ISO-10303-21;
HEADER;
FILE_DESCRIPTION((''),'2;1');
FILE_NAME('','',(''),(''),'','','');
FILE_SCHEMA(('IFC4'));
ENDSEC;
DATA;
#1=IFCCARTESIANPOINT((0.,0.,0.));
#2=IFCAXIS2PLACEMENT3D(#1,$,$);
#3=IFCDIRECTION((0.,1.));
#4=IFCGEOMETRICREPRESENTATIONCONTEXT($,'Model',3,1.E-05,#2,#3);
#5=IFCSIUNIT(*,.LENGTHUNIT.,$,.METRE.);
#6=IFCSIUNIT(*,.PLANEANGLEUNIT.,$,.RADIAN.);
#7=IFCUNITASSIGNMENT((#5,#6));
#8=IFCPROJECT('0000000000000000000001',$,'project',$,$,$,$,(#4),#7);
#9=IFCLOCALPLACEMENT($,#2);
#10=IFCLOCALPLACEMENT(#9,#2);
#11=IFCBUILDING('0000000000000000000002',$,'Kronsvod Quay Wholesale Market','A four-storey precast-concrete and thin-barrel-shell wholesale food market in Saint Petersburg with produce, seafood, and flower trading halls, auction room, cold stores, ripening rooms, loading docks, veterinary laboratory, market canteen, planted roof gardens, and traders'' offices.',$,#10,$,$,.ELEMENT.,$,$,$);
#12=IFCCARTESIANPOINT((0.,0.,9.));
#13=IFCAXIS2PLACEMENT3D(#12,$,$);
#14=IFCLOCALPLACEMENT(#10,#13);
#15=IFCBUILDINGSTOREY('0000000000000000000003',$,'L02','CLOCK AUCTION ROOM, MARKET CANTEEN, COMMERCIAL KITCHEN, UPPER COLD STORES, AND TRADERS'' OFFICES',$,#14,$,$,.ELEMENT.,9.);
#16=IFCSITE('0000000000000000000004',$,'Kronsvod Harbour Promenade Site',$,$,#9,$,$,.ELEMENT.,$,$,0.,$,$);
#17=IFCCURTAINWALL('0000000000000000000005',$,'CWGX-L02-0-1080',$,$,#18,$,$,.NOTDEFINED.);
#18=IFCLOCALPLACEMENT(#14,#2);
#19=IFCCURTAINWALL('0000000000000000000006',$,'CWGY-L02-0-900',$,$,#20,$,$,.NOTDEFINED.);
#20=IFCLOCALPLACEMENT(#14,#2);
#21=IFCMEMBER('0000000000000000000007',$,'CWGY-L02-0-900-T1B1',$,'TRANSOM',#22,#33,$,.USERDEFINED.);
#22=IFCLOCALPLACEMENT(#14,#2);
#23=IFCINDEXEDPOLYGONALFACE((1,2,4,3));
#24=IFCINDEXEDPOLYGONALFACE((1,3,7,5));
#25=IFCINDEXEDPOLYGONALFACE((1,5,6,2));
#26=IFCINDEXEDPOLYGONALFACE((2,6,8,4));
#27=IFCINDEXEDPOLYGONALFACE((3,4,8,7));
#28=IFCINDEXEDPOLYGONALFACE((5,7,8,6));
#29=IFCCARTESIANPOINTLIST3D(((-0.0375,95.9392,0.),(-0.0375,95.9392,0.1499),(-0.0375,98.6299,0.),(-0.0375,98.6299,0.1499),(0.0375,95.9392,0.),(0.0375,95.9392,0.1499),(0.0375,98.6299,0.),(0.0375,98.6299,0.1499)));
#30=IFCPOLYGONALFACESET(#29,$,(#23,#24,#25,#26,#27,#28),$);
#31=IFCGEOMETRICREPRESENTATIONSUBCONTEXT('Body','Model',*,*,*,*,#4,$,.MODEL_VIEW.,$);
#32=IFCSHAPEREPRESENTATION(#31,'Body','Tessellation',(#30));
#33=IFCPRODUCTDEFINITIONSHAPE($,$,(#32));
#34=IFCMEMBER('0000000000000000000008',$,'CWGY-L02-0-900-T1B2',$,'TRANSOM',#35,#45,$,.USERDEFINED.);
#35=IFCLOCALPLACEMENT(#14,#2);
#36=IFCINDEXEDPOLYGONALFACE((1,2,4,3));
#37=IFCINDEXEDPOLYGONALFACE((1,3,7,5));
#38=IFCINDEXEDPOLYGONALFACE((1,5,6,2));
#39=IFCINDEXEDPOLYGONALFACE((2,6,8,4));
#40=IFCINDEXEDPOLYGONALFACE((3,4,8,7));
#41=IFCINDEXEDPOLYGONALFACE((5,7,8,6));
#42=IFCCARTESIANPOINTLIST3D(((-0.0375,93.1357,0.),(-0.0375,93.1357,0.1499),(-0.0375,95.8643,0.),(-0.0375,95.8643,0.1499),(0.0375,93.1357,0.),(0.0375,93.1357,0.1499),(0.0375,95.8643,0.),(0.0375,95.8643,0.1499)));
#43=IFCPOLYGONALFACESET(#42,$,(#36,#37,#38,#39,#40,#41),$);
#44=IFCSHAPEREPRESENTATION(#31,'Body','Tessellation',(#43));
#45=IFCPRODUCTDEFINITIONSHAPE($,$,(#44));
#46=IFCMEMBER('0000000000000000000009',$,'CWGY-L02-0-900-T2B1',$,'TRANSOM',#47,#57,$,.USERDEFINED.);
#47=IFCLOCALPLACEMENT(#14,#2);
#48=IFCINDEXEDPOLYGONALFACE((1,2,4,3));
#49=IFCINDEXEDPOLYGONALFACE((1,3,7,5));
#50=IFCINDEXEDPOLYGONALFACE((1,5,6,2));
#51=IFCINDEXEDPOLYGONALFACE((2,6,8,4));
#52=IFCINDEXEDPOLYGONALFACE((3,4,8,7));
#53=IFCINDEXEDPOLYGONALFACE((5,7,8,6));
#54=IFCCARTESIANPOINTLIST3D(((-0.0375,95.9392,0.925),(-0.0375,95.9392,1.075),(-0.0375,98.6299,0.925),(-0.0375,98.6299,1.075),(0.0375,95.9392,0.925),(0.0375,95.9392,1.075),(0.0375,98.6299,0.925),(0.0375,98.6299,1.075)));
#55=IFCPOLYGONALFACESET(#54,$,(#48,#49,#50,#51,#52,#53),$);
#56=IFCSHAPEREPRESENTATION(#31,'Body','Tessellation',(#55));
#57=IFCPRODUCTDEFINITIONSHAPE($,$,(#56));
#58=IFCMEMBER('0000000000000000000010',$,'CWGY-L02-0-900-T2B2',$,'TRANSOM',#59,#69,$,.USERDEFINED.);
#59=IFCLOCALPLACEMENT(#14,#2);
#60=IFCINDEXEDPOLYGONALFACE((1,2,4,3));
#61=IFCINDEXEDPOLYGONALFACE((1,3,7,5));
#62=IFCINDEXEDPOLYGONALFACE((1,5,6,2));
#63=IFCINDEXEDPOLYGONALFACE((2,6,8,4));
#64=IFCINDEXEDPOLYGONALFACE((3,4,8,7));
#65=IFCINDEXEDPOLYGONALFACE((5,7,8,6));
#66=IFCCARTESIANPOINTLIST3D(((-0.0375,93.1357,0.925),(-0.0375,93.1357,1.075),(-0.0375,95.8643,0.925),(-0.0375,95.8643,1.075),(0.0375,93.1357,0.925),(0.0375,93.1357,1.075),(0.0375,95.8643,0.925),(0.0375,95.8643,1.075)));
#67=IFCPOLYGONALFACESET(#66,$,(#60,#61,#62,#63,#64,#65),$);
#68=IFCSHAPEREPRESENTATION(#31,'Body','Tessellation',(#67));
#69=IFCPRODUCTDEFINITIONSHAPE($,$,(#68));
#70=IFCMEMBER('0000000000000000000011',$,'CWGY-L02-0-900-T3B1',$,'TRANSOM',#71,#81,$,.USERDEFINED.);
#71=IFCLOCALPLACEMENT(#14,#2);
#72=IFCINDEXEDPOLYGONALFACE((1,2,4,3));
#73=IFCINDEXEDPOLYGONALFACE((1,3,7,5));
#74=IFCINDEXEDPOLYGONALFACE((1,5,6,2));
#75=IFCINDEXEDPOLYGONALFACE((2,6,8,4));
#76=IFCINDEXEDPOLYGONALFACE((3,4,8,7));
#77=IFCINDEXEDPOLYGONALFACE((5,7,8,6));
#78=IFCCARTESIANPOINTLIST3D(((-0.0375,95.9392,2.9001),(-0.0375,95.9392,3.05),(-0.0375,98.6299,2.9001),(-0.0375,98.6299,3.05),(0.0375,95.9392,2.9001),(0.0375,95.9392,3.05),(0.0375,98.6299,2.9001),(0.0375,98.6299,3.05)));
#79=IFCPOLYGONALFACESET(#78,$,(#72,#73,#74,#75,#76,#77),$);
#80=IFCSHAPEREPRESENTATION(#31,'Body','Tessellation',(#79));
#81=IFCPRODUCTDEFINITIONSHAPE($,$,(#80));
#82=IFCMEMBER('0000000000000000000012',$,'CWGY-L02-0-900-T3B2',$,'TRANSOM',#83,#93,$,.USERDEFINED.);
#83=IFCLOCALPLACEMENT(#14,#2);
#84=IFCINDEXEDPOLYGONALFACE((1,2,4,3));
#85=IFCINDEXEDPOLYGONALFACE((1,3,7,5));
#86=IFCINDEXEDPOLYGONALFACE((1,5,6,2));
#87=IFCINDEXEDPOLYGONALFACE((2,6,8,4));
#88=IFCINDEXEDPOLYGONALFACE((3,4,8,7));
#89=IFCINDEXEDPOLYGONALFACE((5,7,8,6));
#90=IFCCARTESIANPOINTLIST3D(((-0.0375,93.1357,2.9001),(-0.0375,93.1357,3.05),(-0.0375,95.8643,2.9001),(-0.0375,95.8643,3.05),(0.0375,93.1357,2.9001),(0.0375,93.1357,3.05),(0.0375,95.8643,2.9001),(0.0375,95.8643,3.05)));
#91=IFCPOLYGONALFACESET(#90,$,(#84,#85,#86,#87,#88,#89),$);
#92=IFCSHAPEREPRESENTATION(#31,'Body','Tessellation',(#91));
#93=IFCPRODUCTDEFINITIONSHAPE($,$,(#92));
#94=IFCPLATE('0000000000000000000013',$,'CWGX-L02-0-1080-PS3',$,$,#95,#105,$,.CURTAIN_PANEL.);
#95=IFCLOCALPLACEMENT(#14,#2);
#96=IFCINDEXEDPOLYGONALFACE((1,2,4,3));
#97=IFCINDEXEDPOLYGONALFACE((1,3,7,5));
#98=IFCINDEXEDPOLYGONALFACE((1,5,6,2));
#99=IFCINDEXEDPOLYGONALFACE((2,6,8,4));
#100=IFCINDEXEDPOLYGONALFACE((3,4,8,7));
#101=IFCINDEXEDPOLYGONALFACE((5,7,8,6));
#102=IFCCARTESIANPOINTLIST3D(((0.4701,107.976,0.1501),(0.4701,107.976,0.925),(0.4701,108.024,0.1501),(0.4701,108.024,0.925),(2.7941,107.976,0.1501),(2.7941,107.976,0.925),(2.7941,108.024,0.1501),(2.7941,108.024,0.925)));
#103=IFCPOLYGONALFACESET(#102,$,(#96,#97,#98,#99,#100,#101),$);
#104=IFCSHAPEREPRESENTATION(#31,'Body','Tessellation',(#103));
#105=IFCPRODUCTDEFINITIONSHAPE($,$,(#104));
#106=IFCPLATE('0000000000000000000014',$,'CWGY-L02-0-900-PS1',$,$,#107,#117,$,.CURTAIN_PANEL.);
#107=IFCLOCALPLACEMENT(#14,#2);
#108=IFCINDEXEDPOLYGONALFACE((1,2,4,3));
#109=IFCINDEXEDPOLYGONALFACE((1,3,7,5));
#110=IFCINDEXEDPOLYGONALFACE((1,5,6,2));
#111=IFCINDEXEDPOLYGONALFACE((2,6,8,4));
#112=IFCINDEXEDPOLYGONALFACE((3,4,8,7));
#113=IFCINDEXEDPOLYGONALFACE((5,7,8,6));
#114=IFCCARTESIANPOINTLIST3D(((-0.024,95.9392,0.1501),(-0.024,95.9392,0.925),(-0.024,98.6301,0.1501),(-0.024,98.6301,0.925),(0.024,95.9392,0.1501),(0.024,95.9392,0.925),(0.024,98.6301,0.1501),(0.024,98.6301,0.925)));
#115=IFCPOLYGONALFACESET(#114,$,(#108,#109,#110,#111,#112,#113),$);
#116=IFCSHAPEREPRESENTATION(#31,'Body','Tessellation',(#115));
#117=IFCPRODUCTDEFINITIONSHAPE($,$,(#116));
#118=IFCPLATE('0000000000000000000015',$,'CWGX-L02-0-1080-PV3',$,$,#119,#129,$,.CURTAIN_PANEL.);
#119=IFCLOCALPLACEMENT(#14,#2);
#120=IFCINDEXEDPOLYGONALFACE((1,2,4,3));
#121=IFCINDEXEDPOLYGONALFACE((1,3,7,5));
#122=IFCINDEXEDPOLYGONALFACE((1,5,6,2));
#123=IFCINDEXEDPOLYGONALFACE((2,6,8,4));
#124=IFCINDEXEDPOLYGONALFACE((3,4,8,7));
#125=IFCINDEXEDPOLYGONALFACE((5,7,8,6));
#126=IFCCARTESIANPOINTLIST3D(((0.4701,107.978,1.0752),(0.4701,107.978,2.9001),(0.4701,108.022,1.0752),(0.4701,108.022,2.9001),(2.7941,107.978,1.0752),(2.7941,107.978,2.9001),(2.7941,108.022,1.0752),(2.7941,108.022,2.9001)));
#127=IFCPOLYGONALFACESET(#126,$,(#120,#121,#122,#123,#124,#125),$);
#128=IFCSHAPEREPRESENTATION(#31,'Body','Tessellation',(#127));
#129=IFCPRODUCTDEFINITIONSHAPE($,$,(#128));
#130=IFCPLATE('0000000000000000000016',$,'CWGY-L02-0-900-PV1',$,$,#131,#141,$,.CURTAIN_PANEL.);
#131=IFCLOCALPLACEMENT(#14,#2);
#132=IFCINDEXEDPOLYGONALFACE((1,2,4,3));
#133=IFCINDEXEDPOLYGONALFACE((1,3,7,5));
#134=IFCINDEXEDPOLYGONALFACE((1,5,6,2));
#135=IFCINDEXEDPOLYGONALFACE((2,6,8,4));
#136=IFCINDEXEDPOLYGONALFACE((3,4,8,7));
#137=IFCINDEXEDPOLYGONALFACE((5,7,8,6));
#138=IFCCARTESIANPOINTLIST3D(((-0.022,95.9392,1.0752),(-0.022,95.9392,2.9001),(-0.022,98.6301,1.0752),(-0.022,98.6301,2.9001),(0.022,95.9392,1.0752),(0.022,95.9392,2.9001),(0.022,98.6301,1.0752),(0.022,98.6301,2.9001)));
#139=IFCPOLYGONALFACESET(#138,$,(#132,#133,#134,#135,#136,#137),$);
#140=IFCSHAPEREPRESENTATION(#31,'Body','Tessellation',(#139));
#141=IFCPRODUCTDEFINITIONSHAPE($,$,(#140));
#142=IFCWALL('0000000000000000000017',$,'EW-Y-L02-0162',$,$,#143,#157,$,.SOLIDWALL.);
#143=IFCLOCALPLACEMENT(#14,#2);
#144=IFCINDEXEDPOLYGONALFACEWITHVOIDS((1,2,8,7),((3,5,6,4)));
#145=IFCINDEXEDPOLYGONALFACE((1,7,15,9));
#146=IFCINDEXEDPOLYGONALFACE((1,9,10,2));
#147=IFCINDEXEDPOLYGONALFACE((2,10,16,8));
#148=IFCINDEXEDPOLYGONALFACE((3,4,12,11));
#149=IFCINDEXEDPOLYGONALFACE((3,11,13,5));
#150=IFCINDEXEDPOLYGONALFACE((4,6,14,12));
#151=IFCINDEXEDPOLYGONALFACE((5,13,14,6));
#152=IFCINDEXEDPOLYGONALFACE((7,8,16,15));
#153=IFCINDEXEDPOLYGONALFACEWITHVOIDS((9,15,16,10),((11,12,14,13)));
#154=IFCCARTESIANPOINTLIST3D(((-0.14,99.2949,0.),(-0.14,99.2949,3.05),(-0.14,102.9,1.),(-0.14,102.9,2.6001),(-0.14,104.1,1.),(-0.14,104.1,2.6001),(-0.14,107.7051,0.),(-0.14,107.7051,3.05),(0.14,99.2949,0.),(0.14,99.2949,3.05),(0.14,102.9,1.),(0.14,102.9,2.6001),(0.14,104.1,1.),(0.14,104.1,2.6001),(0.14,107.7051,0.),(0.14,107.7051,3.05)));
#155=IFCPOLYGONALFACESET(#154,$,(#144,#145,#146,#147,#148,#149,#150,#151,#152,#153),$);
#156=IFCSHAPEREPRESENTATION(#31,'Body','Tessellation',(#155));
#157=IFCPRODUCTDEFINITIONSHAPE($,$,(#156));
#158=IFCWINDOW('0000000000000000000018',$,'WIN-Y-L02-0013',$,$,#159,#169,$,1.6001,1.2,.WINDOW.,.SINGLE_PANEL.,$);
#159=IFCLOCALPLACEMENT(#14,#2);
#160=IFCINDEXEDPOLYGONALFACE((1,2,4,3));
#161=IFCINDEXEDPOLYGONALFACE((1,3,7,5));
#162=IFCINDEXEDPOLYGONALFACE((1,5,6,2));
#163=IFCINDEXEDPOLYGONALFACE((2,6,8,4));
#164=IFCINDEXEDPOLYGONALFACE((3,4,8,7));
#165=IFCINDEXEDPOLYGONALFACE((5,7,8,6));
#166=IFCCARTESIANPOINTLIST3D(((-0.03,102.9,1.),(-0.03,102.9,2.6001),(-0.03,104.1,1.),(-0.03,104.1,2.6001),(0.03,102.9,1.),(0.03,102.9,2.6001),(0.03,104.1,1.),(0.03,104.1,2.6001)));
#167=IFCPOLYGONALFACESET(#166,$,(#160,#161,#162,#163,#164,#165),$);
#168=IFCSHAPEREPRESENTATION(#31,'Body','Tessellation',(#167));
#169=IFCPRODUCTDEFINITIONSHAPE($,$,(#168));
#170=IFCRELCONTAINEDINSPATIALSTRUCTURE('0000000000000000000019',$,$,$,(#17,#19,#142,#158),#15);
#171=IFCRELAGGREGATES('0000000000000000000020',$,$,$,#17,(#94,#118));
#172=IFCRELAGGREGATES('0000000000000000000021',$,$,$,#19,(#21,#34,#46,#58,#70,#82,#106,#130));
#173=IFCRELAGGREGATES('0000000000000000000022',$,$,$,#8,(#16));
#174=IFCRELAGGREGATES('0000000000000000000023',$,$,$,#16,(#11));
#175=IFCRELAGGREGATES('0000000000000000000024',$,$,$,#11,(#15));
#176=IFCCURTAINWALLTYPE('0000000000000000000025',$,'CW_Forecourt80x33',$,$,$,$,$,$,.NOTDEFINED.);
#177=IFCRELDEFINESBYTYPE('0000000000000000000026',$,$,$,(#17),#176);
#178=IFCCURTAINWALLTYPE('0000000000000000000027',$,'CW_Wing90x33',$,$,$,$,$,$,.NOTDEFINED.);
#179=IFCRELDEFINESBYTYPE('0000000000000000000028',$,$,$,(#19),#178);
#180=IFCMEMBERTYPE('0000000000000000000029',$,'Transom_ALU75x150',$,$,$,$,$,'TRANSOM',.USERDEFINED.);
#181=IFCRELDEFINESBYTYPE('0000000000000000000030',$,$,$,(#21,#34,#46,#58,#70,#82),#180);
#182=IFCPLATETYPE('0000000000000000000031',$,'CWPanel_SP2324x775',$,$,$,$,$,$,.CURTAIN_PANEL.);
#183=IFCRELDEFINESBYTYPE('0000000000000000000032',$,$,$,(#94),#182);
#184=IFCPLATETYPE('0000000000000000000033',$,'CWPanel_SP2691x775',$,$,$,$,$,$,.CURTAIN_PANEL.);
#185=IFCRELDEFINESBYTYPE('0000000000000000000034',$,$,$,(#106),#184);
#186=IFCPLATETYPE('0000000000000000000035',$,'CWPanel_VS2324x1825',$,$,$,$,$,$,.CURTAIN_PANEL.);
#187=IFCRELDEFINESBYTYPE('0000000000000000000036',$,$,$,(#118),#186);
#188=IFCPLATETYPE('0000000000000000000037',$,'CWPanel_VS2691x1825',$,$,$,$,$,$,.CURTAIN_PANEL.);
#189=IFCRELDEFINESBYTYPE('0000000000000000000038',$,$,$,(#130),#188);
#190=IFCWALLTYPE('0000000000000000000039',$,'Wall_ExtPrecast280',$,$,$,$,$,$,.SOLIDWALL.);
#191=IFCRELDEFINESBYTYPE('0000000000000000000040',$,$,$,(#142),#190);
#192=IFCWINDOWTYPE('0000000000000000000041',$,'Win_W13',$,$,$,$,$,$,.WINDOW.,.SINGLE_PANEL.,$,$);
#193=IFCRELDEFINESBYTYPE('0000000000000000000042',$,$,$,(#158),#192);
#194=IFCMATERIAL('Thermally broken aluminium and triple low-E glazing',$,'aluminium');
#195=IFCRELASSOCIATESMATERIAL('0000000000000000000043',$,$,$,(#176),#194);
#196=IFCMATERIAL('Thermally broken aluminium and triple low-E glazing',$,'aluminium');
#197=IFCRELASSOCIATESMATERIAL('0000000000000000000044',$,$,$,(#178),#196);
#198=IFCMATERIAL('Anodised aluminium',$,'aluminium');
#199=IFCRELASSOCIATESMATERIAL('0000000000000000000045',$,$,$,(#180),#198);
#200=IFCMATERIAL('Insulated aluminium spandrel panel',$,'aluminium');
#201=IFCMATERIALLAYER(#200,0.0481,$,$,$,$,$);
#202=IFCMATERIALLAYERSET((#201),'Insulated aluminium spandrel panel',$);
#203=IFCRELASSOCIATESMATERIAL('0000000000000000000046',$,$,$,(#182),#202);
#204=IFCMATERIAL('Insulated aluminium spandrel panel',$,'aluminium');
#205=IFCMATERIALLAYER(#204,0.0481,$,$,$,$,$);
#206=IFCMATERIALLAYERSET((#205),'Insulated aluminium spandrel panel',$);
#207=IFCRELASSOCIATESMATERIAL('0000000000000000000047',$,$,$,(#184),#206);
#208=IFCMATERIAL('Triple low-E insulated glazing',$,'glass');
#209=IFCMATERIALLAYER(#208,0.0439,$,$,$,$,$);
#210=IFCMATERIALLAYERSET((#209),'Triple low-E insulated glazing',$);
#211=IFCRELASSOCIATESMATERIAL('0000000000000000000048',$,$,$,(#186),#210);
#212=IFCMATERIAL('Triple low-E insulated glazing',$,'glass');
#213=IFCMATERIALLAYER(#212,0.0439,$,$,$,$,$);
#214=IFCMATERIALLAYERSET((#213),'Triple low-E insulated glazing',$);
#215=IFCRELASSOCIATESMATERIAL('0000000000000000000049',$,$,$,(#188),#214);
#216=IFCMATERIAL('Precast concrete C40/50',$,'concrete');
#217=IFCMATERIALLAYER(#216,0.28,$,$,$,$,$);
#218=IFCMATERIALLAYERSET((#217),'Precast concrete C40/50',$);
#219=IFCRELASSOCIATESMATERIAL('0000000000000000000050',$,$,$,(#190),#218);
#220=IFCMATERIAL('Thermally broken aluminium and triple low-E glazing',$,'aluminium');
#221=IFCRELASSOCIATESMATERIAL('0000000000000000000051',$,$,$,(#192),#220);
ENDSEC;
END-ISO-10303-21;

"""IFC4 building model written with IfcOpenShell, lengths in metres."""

from ifc_helpers import new_model, si_unit, direction, frame, frame_2d, origin, origin_2d, place, context, subcontext, project, spatial, rectangle, extrude, material, layer, layer_set, material_profile, profile_set, type_object, element, fill, aggregate, save


model = new_model("IFC4")

# Units and contexts
model_context = context("Model", 3, precision=1e-05, world=origin(), true_north=direction((0.0, 1.0)))
body_context = subcontext(model_context, "Body", "Model", "MODEL_VIEW")
ifc_project = project(units=[si_unit("LENGTHUNIT", "METRE"), si_unit("PLANEANGLEUNIT", "RADIAN")], contexts=[model_context])

# Site, building, storey
site_placement = place(None, origin())
site = spatial("IfcSite", under=ifc_project, at=site_placement, Name="Kronsvod Harbour Promenade Site", CompositionType="ELEMENT", RefElevation=0.0)
building_placement = place(site_placement, origin())
building = spatial("IfcBuilding", under=site, at=building_placement, Name="Kronsvod Quay Wholesale Market", Description="A four-storey precast-concrete and thin-barrel-shell wholesale food market in Saint Petersburg with produce, seafood, and flower trading halls, auction room, cold stores, ripening rooms, loading docks, veterinary laboratory, market canteen, planted roof gardens, and traders' offices.", CompositionType="ELEMENT")
storey_placement = place(building_placement, frame((0.0, 0.0, 9.0)))
storey = spatial("IfcBuildingStorey", under=building, at=storey_placement, Name="L02", Description="CLOCK AUCTION ROOM, MARKET CANTEEN, COMMERCIAL KITCHEN, UPPER COLD STORES, AND TRADERS' OFFICES", CompositionType="ELEMENT", Elevation=9.0)

# Curtain wall
ifc_material_1 = material(Name="Thermally broken aluminium and triple low-E glazing", Category="aluminium")
curtain_wall_type_1 = type_object("IfcCurtainWallType", Name="CW_Forecourt80x33", PredefinedType="NOTDEFINED", material=ifc_material_1)
curtain_wall_1_placement = place(storey_placement, origin())
curtain_wall_1 = element("IfcCurtainWall", 1, at=curtain_wall_1_placement, inside=storey, type_object=curtain_wall_type_1, Name="CWGX-L02-0-1080", PredefinedType="NOTDEFINED")

# Curtain wall
ifc_material_2 = material(Name="Thermally broken aluminium and triple low-E glazing", Category="aluminium")
curtain_wall_type_2 = type_object("IfcCurtainWallType", Name="CW_Wing90x33", PredefinedType="NOTDEFINED", material=ifc_material_2)
curtain_wall_2_placement = place(storey_placement, origin())
curtain_wall_2 = element("IfcCurtainWall", 2, at=curtain_wall_2_placement, inside=storey, type_object=curtain_wall_type_2, Name="CWGY-L02-0-900", PredefinedType="NOTDEFINED")

# Members
ifc_material_3 = material(Name="Anodised aluminium", Category="aluminium")
ifc_material_profile_1 = material_profile(ifc_material_3, rectangle(XDim=0.075, YDim=0.1499, at=origin_2d()), Name="ALUT75x150")
ifc_profile_set_1 = profile_set([ifc_material_profile_1], Name="Anodised aluminium")
member_type_1 = type_object("IfcMemberType", Name="Transom_ALU75x150", ElementType="TRANSOM", PredefinedType="USERDEFINED", material=ifc_profile_set_1)
member_1_placement = place(storey_placement, frame((0.0, 98.6299, 0.075), z_axis=(0.0, -1.0, 0.0), x_axis=(1.0, 0.0, 0.0)))
member_1 = element("IfcMember", 3, at=member_1_placement, type_object=member_type_1, Name="CWGY-L02-0-900-T1B1", ObjectType="TRANSOM", PredefinedType="USERDEFINED", context=body_context, shape_type="SweptSolid", body=[
    extrude(rectangle(XDim=0.075, YDim=0.1499, at=origin_2d()), origin(), (0.0, 0.0, 1.0), 2.6907),
])
member_2_placement = place(storey_placement, frame((0.0, 95.8643, 0.075), z_axis=(0.0, -1.0, 0.0), x_axis=(1.0, 0.0, 0.0)))
member_2 = element("IfcMember", 4, at=member_2_placement, type_object=member_type_1, Name="CWGY-L02-0-900-T1B2", ObjectType="TRANSOM", PredefinedType="USERDEFINED", context=body_context, shape_type="SweptSolid", body=[
    extrude(rectangle(XDim=0.075, YDim=0.1499, at=origin_2d()), origin(), (0.0, 0.0, 1.0), 2.7285),
])
member_3_placement = place(storey_placement, frame((0.0, 98.6299, 1.0), z_axis=(0.0, -1.0, 0.0), x_axis=(1.0, 0.0, 0.0)))
member_3 = element("IfcMember", 5, at=member_3_placement, type_object=member_type_1, Name="CWGY-L02-0-900-T2B1", ObjectType="TRANSOM", PredefinedType="USERDEFINED", context=body_context, shape_type="SweptSolid", body=[
    extrude(rectangle(XDim=0.075, YDim=0.1499, at=origin_2d()), origin(), (0.0, 0.0, 1.0), 2.6907),
])
member_4_placement = place(storey_placement, frame((0.0, 95.8643, 1.0), z_axis=(0.0, -1.0, 0.0), x_axis=(1.0, 0.0, 0.0)))
member_4 = element("IfcMember", 6, at=member_4_placement, type_object=member_type_1, Name="CWGY-L02-0-900-T2B2", ObjectType="TRANSOM", PredefinedType="USERDEFINED", context=body_context, shape_type="SweptSolid", body=[
    extrude(rectangle(XDim=0.075, YDim=0.1499, at=origin_2d()), origin(), (0.0, 0.0, 1.0), 2.7285),
])
member_5_placement = place(storey_placement, frame((0.0, 98.6299, 2.9751), z_axis=(0.0, -1.0, 0.0), x_axis=(1.0, 0.0, 0.0)))
member_5 = element("IfcMember", 7, at=member_5_placement, type_object=member_type_1, Name="CWGY-L02-0-900-T3B1", ObjectType="TRANSOM", PredefinedType="USERDEFINED", context=body_context, shape_type="SweptSolid", body=[
    extrude(rectangle(XDim=0.075, YDim=0.1499, at=origin_2d()), origin(), (0.0, 0.0, 1.0), 2.6907),
])
member_6_placement = place(storey_placement, frame((0.0, 95.8643, 2.9751), z_axis=(0.0, -1.0, 0.0), x_axis=(1.0, 0.0, 0.0)))
member_6 = element("IfcMember", 8, at=member_6_placement, type_object=member_type_1, Name="CWGY-L02-0-900-T3B2", ObjectType="TRANSOM", PredefinedType="USERDEFINED", context=body_context, shape_type="SweptSolid", body=[
    extrude(rectangle(XDim=0.075, YDim=0.1499, at=origin_2d()), origin(), (0.0, 0.0, 1.0), 2.7285),
])

# Plates
ifc_material_4 = material(Name="Insulated aluminium spandrel panel", Category="aluminium")
ifc_layer_1 = layer(ifc_material_4, 0.0481)
ifc_layer_set_1 = layer_set([ifc_layer_1], Name="Insulated aluminium spandrel panel")
plate_type_1 = type_object("IfcPlateType", Name="CWPanel_SP2324x775", PredefinedType="CURTAIN_PANEL", material=ifc_layer_set_1)
plate_1_placement = place(storey_placement, frame((1.6321, 108.0, 0.1501), z_axis=(0.0, 0.0, 1.0), x_axis=(-1.0, 0.0, 0.0)))
plate_1 = element("IfcPlate", 9, at=plate_1_placement, type_object=plate_type_1, Name="CWGX-L02-0-1080-PS3", PredefinedType="CURTAIN_PANEL", context=body_context, shape_type="SweptSolid", body=[
    extrude(rectangle(XDim=2.324, YDim=0.0481, at=origin_2d()), origin(), (0.0, 0.0, 1.0), 0.7749),
])
ifc_material_5 = material(Name="Insulated aluminium spandrel panel", Category="aluminium")
ifc_layer_2 = layer(ifc_material_5, 0.0481)
ifc_layer_set_2 = layer_set([ifc_layer_2], Name="Insulated aluminium spandrel panel")
plate_type_2 = type_object("IfcPlateType", Name="CWPanel_SP2691x775", PredefinedType="CURTAIN_PANEL", material=ifc_layer_set_2)
plate_2_placement = place(storey_placement, frame((0.0, 97.2847, 0.1501), z_axis=(0.0, 0.0, 1.0), x_axis=(0.0, -1.0, 0.0)))
plate_2 = element("IfcPlate", 10, at=plate_2_placement, type_object=plate_type_2, Name="CWGY-L02-0-900-PS1", PredefinedType="CURTAIN_PANEL", context=body_context, shape_type="SweptSolid", body=[
    extrude(rectangle(XDim=2.6909, YDim=0.0481, at=origin_2d()), origin(), (0.0, 0.0, 1.0), 0.7749),
])
ifc_material_6 = material(Name="Triple low-E insulated glazing", Category="glass")
ifc_layer_3 = layer(ifc_material_6, 0.0439)
ifc_layer_set_3 = layer_set([ifc_layer_3], Name="Triple low-E insulated glazing")
plate_type_3 = type_object("IfcPlateType", Name="CWPanel_VS2324x1825", PredefinedType="CURTAIN_PANEL", material=ifc_layer_set_3)
plate_3_placement = place(storey_placement, frame((1.6321, 108.0, 1.0752), z_axis=(0.0, 0.0, 1.0), x_axis=(-1.0, 0.0, 0.0)))
plate_3 = element("IfcPlate", 11, at=plate_3_placement, type_object=plate_type_3, Name="CWGX-L02-0-1080-PV3", PredefinedType="CURTAIN_PANEL", context=body_context, shape_type="SweptSolid", body=[
    extrude(rectangle(XDim=2.324, YDim=0.0439, at=origin_2d()), origin(), (0.0, 0.0, 1.0), 1.825),
])
aggregate(curtain_wall_1, [plate_1, plate_3])
ifc_material_7 = material(Name="Triple low-E insulated glazing", Category="glass")
ifc_layer_4 = layer(ifc_material_7, 0.0439)
ifc_layer_set_4 = layer_set([ifc_layer_4], Name="Triple low-E insulated glazing")
plate_type_4 = type_object("IfcPlateType", Name="CWPanel_VS2691x1825", PredefinedType="CURTAIN_PANEL", material=ifc_layer_set_4)
plate_4_placement = place(storey_placement, frame((0.0, 97.2847, 1.0752), z_axis=(0.0, 0.0, 1.0), x_axis=(0.0, -1.0, 0.0)))
plate_4 = element("IfcPlate", 12, at=plate_4_placement, type_object=plate_type_4, Name="CWGY-L02-0-900-PV1", PredefinedType="CURTAIN_PANEL", context=body_context, shape_type="SweptSolid", body=[
    extrude(rectangle(XDim=2.6909, YDim=0.0439, at=origin_2d()), origin(), (0.0, 0.0, 1.0), 1.825),
])
aggregate(curtain_wall_2, [member_1, member_2, member_3, member_4, member_5, member_6, plate_2, plate_4])

# Wall, opening, window
ifc_material_8 = material(Name="Precast concrete C40/50", Category="concrete")
ifc_layer_5 = layer(ifc_material_8, 0.28)
ifc_layer_set_5 = layer_set([ifc_layer_5], Name="Precast concrete C40/50")
wall_type_1 = type_object("IfcWallType", Name="Wall_ExtPrecast280", PredefinedType="SOLIDWALL", material=ifc_layer_set_5)
wall_1_placement = place(storey_placement, frame((0.0, 107.7051, 0.0), z_axis=(0.0, 0.0, 1.0), x_axis=(0.0, -1.0, 0.0)))
wall_1 = element("IfcWall", 13, at=wall_1_placement, inside=storey, type_object=wall_type_1, Name="EW-Y-L02-0162", PredefinedType="SOLIDWALL", context=body_context, shape_type="SweptSolid", body=[
    extrude(rectangle(XDim=8.4102, YDim=0.28, at=frame_2d((4.2051, 0.0))), origin(), (0.0, 0.0, 1.0), 3.05),
])
opening_1_placement = place(wall_1_placement, frame((3.605, 0.0, 1.0)))
opening_1 = element("IfcOpeningElement", 14, at=opening_1_placement, cuts=wall_1, PredefinedType="OPENING", context=body_context, shape_type="SweptSolid", body=[
    extrude(rectangle(XDim=1.2, YDim=1.6001, at=frame_2d((0.6001, 0.8))), frame((0.0, 0.1499, 0.0), z_axis=(0.0, -1.0, 0.0), x_axis=(1.0, 0.0, 0.0)), (0.0, 0.0, 1.0), 0.3),
])
ifc_material_9 = material(Name="Thermally broken aluminium and triple low-E glazing", Category="aluminium")
window_type = type_object("IfcWindowType", Name="Win_W13", PartitioningType="SINGLE_PANEL", PredefinedType="WINDOW", material=ifc_material_9)
window_placement = place(opening_1_placement, origin())
window = element("IfcWindow", 15, at=window_placement, inside=storey, type_object=window_type, Name="WIN-Y-L02-0013", OverallHeight=1.6001, OverallWidth=1.2, PartitioningType="SINGLE_PANEL", PredefinedType="WINDOW", context=body_context, shape_type="SweptSolid", body=[
    extrude(rectangle(XDim=1.2, YDim=1.6001, at=frame_2d((0.6001, 0.8))), frame((0.0, 0.03, 0.0), z_axis=(0.0, -1.0, 0.0), x_axis=(1.0, 0.0, 0.0)), (0.0, 0.0, 1.0), 0.0601),
])
fill(opening_1, window)

save(model, "model.ifc")
